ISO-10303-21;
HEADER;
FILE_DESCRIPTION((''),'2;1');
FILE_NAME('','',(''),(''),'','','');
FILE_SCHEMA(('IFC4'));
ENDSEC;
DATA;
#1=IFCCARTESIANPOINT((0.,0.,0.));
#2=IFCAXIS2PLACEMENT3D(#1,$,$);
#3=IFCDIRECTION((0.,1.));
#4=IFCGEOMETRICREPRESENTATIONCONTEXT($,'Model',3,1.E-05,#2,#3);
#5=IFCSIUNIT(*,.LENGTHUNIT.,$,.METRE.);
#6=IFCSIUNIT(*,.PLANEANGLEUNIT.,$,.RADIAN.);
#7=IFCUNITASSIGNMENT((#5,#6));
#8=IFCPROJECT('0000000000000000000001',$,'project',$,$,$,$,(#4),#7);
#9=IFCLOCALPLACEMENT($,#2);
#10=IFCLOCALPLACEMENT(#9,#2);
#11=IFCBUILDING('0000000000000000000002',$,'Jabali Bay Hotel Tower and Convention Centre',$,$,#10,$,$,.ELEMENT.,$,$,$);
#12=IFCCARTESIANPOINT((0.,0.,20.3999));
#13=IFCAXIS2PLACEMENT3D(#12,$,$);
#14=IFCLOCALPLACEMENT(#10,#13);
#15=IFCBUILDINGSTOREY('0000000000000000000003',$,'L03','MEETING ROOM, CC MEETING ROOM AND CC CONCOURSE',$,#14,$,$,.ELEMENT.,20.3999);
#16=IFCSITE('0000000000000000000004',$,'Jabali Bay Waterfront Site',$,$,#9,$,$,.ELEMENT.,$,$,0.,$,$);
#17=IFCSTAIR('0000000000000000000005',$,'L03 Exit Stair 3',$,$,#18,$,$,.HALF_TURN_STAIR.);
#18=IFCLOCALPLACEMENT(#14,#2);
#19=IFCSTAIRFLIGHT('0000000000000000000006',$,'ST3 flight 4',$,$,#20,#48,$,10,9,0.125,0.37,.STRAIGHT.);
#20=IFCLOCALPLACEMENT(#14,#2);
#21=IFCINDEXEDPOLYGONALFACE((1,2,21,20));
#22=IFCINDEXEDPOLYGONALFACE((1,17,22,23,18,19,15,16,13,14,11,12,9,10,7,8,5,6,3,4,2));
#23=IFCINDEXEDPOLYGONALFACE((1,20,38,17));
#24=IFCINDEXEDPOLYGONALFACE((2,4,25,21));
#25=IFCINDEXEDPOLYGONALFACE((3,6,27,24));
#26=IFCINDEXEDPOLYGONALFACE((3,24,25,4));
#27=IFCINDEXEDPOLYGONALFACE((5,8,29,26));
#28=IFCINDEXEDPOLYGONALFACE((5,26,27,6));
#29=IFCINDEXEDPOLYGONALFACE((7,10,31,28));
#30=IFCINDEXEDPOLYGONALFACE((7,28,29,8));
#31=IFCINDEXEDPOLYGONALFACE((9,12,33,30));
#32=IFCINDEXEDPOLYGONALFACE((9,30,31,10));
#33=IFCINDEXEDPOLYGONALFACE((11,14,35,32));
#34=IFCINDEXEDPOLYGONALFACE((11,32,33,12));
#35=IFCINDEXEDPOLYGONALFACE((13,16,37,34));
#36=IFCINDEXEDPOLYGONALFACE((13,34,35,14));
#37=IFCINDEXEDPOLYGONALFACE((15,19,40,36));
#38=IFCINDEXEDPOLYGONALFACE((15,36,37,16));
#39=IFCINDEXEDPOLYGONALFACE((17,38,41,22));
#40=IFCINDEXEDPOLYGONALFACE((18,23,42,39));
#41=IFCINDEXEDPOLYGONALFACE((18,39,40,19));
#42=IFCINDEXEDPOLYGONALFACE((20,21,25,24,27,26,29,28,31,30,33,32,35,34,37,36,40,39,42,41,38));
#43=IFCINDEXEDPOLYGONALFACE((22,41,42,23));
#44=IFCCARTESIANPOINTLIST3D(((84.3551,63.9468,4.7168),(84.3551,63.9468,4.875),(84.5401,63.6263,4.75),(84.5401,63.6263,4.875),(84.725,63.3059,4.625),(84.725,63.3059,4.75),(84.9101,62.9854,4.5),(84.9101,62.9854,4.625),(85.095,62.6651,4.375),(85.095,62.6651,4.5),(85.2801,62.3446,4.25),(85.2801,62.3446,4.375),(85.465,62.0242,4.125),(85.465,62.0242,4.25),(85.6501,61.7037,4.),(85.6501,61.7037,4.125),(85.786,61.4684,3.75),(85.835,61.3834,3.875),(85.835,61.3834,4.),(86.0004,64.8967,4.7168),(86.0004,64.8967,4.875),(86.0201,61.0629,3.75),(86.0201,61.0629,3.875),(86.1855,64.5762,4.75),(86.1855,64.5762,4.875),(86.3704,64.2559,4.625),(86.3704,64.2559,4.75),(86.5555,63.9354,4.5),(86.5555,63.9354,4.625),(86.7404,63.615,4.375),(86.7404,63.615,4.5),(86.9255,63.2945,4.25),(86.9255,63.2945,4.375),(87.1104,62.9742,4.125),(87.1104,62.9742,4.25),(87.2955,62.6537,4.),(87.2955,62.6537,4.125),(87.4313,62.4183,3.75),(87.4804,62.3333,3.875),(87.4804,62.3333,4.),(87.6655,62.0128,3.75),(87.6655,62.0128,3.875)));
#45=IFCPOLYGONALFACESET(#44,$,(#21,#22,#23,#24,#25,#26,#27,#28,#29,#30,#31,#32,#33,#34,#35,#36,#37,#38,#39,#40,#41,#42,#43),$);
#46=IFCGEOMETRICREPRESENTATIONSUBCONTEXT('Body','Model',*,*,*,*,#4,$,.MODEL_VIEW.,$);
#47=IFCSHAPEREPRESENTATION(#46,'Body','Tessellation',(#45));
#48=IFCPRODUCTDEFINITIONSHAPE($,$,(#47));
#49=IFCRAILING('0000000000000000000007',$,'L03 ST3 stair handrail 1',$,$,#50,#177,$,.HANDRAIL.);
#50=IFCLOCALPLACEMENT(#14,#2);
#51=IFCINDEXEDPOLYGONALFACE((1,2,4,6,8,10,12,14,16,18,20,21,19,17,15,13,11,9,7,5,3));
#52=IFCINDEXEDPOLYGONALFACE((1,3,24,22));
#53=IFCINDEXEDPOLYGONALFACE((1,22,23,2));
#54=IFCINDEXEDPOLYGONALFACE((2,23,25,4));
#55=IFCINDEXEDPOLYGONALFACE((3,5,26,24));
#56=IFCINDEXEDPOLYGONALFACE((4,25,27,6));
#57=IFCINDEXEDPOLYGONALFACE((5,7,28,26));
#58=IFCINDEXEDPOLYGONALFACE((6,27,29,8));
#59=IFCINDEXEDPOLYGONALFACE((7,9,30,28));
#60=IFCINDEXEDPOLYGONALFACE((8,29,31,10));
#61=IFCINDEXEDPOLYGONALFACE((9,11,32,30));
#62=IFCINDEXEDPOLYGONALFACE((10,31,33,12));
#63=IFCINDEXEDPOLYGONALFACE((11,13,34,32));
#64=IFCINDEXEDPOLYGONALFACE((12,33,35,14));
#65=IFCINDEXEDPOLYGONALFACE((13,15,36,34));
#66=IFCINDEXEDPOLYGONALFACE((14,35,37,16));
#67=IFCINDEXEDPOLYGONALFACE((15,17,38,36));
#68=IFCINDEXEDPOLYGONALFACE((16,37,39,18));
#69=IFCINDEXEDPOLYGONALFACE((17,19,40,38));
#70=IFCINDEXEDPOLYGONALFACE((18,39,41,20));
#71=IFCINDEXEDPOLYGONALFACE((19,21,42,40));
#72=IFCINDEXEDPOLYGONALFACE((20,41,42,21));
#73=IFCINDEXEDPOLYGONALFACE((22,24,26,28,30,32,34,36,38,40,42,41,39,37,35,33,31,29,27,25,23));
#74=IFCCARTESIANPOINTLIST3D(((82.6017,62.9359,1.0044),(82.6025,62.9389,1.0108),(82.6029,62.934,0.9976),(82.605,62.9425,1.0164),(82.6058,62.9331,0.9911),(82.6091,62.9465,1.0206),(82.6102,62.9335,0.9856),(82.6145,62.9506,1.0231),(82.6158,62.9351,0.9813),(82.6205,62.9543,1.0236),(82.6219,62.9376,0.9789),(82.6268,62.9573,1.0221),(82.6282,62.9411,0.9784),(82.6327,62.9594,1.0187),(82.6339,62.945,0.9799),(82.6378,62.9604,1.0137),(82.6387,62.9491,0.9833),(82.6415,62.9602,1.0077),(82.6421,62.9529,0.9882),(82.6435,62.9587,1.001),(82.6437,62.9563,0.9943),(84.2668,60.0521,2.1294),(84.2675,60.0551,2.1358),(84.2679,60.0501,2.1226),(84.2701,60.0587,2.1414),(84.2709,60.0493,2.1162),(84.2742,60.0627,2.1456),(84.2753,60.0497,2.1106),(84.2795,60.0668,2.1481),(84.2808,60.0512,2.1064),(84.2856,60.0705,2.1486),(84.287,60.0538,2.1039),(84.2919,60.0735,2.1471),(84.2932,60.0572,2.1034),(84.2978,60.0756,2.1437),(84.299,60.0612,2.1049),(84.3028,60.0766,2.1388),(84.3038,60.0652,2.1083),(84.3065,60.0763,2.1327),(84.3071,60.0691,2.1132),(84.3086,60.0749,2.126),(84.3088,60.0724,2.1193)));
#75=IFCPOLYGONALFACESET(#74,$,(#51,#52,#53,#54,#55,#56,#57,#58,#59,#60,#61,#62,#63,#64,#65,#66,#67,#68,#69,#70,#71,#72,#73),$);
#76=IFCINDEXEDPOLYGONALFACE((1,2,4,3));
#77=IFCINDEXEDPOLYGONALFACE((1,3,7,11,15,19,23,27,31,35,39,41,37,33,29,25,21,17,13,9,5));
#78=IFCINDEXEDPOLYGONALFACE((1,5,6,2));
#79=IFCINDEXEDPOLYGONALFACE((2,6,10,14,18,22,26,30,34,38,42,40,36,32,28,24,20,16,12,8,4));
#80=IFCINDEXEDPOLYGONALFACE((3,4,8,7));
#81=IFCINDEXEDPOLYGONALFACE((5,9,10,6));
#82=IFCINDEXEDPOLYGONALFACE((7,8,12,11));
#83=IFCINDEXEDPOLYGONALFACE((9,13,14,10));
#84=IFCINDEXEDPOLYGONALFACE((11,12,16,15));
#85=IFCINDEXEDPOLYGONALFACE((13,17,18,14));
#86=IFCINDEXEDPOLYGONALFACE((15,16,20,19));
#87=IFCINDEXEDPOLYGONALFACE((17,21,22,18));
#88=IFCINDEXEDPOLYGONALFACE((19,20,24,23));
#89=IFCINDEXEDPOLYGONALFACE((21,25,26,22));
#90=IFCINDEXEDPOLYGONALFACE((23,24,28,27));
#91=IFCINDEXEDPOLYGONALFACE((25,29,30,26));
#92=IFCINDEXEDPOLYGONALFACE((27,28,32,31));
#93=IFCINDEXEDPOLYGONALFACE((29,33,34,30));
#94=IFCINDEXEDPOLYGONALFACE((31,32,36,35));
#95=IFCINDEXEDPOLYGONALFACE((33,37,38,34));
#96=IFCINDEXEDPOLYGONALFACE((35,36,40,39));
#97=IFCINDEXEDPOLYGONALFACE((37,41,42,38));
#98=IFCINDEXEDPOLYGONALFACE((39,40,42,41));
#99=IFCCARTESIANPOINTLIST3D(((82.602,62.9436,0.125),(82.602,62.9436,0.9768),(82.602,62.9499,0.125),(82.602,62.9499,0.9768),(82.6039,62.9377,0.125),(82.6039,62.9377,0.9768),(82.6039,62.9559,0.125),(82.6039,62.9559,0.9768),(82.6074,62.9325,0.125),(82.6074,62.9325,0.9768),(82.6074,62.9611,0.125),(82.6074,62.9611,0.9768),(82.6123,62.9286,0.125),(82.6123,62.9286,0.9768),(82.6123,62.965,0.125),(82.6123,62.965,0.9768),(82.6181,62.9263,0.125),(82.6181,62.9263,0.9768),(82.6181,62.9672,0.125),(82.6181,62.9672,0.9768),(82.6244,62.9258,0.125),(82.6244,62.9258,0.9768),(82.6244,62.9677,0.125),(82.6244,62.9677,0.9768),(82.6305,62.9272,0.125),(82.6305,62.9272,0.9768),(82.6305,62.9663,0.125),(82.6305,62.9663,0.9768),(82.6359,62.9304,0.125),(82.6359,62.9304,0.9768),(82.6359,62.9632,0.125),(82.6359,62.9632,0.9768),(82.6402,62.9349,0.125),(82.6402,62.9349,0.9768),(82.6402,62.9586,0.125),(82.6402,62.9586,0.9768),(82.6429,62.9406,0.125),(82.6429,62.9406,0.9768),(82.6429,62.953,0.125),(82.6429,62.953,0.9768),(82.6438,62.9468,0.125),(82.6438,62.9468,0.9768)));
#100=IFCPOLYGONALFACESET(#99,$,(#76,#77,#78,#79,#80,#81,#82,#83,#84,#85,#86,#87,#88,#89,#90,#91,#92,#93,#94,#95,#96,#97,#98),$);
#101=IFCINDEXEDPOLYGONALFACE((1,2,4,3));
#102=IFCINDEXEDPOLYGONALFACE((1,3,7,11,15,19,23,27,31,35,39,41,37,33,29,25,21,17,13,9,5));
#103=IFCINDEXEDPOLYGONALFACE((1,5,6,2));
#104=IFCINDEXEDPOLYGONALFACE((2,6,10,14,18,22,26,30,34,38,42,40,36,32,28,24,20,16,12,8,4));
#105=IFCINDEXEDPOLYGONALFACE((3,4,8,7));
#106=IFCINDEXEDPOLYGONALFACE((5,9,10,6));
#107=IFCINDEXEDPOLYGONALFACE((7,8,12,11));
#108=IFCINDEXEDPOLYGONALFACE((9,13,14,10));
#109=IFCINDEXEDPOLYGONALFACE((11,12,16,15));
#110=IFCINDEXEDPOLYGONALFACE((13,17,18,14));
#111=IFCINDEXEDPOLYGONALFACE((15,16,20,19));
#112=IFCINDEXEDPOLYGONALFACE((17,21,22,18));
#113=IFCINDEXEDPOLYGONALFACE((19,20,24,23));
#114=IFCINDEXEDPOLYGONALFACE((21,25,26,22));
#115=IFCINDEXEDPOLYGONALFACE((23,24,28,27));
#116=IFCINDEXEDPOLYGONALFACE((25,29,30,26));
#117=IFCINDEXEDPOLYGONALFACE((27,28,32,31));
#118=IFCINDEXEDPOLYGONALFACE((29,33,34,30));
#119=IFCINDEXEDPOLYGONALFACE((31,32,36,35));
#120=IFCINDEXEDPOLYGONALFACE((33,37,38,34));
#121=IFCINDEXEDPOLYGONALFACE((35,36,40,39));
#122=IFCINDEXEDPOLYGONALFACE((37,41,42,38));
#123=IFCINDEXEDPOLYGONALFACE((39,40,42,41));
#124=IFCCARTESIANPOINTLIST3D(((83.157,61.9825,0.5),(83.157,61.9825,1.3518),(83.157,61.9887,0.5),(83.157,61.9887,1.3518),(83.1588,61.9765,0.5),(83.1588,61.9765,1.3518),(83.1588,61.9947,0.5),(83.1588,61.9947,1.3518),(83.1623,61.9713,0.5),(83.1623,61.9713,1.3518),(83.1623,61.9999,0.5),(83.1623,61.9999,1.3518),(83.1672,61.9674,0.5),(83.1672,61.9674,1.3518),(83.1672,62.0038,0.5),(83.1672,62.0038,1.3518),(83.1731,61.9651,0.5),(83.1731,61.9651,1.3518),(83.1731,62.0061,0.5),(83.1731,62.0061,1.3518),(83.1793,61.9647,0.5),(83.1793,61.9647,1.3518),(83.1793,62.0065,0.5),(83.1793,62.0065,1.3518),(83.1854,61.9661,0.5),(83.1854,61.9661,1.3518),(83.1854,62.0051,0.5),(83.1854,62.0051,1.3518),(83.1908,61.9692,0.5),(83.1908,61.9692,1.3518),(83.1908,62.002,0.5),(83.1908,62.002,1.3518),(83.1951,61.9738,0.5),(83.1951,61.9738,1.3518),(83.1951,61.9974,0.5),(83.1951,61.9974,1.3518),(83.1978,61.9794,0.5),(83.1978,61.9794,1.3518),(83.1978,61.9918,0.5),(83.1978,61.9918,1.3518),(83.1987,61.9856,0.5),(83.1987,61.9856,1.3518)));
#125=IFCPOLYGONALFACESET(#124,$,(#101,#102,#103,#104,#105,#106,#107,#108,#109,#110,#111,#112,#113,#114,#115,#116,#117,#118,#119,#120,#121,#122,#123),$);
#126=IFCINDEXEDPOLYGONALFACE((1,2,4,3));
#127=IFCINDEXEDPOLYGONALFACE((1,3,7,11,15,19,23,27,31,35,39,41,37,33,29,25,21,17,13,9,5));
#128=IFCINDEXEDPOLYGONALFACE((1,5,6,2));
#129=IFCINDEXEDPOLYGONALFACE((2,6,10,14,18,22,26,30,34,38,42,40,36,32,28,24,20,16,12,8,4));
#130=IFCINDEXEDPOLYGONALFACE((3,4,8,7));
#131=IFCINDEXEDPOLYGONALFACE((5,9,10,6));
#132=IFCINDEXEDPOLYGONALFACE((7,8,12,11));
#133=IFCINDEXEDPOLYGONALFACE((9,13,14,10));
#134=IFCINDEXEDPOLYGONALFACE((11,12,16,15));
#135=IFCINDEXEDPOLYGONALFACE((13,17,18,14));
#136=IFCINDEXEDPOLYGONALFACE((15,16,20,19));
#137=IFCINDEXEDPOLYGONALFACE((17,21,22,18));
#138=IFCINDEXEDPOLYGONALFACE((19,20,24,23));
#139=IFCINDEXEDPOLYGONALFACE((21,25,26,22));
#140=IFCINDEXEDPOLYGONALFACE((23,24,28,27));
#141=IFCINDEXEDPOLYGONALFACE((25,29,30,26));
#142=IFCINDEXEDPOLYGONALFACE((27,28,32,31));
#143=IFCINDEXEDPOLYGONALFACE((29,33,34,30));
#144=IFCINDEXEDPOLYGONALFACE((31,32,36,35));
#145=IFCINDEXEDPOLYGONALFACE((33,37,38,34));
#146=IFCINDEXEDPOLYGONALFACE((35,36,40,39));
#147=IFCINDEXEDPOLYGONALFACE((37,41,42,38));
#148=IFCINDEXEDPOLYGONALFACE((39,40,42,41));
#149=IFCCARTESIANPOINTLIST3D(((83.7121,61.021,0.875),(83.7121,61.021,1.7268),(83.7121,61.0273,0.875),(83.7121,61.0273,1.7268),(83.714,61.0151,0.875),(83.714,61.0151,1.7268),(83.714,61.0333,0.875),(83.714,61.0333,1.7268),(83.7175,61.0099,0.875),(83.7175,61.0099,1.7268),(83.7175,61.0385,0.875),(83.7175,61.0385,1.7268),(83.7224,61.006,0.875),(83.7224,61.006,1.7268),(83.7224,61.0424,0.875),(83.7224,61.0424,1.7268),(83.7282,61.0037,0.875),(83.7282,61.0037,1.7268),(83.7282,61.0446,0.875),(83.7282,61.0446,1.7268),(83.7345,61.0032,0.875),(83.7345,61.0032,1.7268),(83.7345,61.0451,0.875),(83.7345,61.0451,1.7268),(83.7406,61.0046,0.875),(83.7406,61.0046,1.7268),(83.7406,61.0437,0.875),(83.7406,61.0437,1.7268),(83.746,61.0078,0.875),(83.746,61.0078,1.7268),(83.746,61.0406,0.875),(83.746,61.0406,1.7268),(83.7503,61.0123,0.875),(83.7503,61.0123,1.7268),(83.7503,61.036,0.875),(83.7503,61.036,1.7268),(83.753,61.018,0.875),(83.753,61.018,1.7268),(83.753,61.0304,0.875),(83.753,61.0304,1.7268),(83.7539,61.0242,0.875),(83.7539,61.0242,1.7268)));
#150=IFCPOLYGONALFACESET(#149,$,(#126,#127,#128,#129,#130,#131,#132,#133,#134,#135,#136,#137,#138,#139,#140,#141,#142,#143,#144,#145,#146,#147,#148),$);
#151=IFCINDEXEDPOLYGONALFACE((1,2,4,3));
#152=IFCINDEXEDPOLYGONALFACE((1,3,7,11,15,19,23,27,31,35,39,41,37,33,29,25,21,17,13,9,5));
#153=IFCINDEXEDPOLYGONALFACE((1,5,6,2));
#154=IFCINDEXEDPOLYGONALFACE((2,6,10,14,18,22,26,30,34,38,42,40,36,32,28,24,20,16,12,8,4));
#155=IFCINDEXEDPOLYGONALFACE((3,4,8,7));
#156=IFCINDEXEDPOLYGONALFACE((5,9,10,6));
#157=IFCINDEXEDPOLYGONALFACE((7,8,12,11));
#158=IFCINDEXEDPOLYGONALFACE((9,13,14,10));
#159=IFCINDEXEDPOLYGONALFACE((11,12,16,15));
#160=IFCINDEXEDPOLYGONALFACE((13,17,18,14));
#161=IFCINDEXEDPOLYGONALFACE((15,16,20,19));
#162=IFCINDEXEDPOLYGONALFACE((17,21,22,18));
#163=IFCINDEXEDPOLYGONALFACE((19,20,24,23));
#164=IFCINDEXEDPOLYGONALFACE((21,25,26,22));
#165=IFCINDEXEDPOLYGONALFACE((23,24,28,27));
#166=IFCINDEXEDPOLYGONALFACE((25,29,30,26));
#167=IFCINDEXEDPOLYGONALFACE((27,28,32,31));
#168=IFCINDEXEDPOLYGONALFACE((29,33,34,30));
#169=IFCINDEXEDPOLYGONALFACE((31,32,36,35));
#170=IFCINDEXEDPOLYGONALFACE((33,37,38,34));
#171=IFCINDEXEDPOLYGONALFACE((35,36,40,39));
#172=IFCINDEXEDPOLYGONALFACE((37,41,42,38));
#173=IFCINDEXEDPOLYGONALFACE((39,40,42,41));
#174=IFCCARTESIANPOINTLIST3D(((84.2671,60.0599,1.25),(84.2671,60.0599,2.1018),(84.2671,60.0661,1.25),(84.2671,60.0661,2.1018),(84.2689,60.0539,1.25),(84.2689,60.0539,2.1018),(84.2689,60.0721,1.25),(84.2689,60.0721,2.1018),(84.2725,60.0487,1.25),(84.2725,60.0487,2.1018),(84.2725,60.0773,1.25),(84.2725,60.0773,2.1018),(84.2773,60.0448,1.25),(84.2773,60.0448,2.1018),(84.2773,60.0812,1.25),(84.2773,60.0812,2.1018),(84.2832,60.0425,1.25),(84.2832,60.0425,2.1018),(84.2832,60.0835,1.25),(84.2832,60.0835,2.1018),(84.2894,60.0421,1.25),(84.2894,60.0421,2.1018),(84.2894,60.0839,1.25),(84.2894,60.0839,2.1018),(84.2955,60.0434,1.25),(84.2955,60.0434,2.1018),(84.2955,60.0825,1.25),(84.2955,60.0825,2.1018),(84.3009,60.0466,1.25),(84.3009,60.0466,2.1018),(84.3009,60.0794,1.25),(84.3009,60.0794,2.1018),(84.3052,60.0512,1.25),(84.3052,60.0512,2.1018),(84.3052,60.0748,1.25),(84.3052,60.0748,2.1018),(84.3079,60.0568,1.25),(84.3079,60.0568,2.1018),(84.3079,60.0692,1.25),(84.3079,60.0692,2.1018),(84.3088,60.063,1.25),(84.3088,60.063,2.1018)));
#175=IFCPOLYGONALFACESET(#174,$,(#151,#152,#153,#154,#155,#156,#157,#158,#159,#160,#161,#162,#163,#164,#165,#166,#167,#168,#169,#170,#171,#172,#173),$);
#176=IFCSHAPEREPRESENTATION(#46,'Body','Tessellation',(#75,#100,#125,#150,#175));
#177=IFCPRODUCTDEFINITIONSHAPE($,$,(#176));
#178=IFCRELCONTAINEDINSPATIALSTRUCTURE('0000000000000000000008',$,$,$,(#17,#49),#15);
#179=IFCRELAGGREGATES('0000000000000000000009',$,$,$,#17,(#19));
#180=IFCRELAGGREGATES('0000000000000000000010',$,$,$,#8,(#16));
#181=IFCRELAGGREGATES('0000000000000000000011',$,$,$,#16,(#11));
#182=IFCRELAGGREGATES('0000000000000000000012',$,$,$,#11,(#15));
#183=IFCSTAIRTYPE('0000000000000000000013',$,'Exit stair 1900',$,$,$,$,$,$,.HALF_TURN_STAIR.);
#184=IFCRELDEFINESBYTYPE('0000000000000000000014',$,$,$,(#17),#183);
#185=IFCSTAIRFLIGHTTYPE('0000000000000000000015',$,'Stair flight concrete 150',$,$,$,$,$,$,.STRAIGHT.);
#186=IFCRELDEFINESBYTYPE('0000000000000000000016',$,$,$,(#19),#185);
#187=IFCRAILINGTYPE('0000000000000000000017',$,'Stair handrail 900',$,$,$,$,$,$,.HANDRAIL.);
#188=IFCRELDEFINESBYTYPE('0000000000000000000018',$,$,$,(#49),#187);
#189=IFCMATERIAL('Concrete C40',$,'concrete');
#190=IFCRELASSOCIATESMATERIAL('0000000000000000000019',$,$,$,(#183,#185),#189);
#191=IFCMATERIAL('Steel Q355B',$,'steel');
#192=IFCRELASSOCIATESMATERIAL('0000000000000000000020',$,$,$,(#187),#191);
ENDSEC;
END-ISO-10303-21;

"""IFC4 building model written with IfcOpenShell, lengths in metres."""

from ifc_helpers import new_model, si_unit, direction, frame, origin, origin_2d, place, context, subcontext, project, spatial, polyline, circle, outline, extrude, material, type_object, element, aggregate, save


model = new_model("IFC4")

# Units and contexts
model_context = context("Model", 3, precision=1e-05, world=origin(), true_north=direction((0.0, 1.0)))
body_context = subcontext(model_context, "Body", "Model", "MODEL_VIEW")
ifc_project = project(units=[si_unit("LENGTHUNIT", "METRE"), si_unit("PLANEANGLEUNIT", "RADIAN")], contexts=[model_context])

# Site, building, storey
site_placement = place(None, origin())
site = spatial("IfcSite", under=ifc_project, at=site_placement, Name="Jabali Bay Waterfront Site", CompositionType="ELEMENT", RefElevation=0.0)
building_placement = place(site_placement, origin())
building = spatial("IfcBuilding", under=site, at=building_placement, Name="Jabali Bay Hotel Tower and Convention Centre", CompositionType="ELEMENT")
storey_placement = place(building_placement, frame((0.0, 0.0, 20.3999)))
storey = spatial("IfcBuildingStorey", under=building, at=storey_placement, Name="L03", Description="MEETING ROOM, CC MEETING ROOM AND CC CONCOURSE", CompositionType="ELEMENT", Elevation=20.3999)

# Shared definitions
ifc_material_1 = material(Name="Concrete C40", Category="concrete")

# Stair, stair flight
stair_type = type_object("IfcStairType", Name="Exit stair 1900", PredefinedType="HALF_TURN_STAIR", material=ifc_material_1)
stair_placement = place(storey_placement, origin())
stair = element("IfcStair", 1, at=stair_placement, inside=storey, type_object=stair_type, Name="L03 Exit Stair 3", PredefinedType="HALF_TURN_STAIR")
stair_flight_type = type_object("IfcStairFlightType", Name="Stair flight concrete 150", PredefinedType="STRAIGHT", material=ifc_material_1)
stair_flight_1_placement = place(storey_placement, frame((86.8428, 61.5378, 3.75), z_axis=(0.0, 0.0, 1.0), x_axis=(-0.5, 0.866025, 0.0)))
stair_flight_1 = element("IfcStairFlight", 2, at=stair_flight_1_placement, type_object=stair_flight_type, Name="ST3 flight 4", NumberOfRisers=10, NumberOfTreads=9, PredefinedType="STRAIGHT", RiserHeight=0.125, TreadLength=0.37, context=body_context, shape_type="SweptSolid", body=[
    extrude(outline(polyline([(0.0, 0.0), (0.0, 0.125), (0.3701, 0.125), (0.3701, 0.25), (0.74, 0.25), (0.74, 0.375), (1.1101, 0.375), (1.1101, 0.5), (1.48, 0.5), (1.48, 0.625), (1.8501, 0.625), (1.8501, 0.75), (2.22, 0.75), (2.22, 0.875), (2.5901, 0.875), (2.5901, 1.0), (2.96, 1.0), (2.96, 1.125), (3.3301, 1.125), (3.3301, 1.25), (3.3301, 0.9668), (0.4683, 0.0), (0.0, 0.0)])), frame((0.0, 0.95, 0.0), z_axis=(0.0, -1.0, 0.0), x_axis=(1.0, 0.0, 0.0)), (0.0, 0.0, 1.0), 1.8999),
])
aggregate(stair, [stair_flight_1])

# Railing
ifc_material_2 = material(Name="Steel Q355B", Category="steel")
railing_type = type_object("IfcRailingType", Name="Stair handrail 900", PredefinedType="HANDRAIL", material=ifc_material_2)
for number, where, name in (
    (3, (82.6228, 62.9468, 0.125), "L03 ST3 stair handrail 1"),
):
    element("IfcRailing", number, at=place(storey_placement, frame(where)), inside=storey, type_object=railing_type, Name=name, PredefinedType="HANDRAIL", context=body_context, shape_type="SweptSolid", body=[
        extrude(circle(Radius=0.0239, at=origin_2d()), frame((0.0, 0.0, 0.876), z_axis=(0.473715, -0.820457, 0.32007), x_axis=(0.866015, 0.500019, 0.0)), (0.0, 0.0, 1.0), 3.5149),
        extrude(circle(Radius=0.021, at=origin_2d()), origin(), (0.0, 0.0, 1.0), 0.8518),
        extrude(circle(Radius=0.021, at=origin_2d()), frame((0.5549, -0.9612, 0.375)), (0.0, 0.0, 1.0), 0.8518),
        extrude(circle(Radius=0.021, at=origin_2d()), frame((1.1101, -1.9226, 0.75)), (0.0, 0.0, 1.0), 0.8518),
        extrude(circle(Radius=0.021, at=origin_2d()), frame((1.665, -2.8838, 1.125)), (0.0, 0.0, 1.0), 0.8518),
    ])

save(model, "model.ifc")
